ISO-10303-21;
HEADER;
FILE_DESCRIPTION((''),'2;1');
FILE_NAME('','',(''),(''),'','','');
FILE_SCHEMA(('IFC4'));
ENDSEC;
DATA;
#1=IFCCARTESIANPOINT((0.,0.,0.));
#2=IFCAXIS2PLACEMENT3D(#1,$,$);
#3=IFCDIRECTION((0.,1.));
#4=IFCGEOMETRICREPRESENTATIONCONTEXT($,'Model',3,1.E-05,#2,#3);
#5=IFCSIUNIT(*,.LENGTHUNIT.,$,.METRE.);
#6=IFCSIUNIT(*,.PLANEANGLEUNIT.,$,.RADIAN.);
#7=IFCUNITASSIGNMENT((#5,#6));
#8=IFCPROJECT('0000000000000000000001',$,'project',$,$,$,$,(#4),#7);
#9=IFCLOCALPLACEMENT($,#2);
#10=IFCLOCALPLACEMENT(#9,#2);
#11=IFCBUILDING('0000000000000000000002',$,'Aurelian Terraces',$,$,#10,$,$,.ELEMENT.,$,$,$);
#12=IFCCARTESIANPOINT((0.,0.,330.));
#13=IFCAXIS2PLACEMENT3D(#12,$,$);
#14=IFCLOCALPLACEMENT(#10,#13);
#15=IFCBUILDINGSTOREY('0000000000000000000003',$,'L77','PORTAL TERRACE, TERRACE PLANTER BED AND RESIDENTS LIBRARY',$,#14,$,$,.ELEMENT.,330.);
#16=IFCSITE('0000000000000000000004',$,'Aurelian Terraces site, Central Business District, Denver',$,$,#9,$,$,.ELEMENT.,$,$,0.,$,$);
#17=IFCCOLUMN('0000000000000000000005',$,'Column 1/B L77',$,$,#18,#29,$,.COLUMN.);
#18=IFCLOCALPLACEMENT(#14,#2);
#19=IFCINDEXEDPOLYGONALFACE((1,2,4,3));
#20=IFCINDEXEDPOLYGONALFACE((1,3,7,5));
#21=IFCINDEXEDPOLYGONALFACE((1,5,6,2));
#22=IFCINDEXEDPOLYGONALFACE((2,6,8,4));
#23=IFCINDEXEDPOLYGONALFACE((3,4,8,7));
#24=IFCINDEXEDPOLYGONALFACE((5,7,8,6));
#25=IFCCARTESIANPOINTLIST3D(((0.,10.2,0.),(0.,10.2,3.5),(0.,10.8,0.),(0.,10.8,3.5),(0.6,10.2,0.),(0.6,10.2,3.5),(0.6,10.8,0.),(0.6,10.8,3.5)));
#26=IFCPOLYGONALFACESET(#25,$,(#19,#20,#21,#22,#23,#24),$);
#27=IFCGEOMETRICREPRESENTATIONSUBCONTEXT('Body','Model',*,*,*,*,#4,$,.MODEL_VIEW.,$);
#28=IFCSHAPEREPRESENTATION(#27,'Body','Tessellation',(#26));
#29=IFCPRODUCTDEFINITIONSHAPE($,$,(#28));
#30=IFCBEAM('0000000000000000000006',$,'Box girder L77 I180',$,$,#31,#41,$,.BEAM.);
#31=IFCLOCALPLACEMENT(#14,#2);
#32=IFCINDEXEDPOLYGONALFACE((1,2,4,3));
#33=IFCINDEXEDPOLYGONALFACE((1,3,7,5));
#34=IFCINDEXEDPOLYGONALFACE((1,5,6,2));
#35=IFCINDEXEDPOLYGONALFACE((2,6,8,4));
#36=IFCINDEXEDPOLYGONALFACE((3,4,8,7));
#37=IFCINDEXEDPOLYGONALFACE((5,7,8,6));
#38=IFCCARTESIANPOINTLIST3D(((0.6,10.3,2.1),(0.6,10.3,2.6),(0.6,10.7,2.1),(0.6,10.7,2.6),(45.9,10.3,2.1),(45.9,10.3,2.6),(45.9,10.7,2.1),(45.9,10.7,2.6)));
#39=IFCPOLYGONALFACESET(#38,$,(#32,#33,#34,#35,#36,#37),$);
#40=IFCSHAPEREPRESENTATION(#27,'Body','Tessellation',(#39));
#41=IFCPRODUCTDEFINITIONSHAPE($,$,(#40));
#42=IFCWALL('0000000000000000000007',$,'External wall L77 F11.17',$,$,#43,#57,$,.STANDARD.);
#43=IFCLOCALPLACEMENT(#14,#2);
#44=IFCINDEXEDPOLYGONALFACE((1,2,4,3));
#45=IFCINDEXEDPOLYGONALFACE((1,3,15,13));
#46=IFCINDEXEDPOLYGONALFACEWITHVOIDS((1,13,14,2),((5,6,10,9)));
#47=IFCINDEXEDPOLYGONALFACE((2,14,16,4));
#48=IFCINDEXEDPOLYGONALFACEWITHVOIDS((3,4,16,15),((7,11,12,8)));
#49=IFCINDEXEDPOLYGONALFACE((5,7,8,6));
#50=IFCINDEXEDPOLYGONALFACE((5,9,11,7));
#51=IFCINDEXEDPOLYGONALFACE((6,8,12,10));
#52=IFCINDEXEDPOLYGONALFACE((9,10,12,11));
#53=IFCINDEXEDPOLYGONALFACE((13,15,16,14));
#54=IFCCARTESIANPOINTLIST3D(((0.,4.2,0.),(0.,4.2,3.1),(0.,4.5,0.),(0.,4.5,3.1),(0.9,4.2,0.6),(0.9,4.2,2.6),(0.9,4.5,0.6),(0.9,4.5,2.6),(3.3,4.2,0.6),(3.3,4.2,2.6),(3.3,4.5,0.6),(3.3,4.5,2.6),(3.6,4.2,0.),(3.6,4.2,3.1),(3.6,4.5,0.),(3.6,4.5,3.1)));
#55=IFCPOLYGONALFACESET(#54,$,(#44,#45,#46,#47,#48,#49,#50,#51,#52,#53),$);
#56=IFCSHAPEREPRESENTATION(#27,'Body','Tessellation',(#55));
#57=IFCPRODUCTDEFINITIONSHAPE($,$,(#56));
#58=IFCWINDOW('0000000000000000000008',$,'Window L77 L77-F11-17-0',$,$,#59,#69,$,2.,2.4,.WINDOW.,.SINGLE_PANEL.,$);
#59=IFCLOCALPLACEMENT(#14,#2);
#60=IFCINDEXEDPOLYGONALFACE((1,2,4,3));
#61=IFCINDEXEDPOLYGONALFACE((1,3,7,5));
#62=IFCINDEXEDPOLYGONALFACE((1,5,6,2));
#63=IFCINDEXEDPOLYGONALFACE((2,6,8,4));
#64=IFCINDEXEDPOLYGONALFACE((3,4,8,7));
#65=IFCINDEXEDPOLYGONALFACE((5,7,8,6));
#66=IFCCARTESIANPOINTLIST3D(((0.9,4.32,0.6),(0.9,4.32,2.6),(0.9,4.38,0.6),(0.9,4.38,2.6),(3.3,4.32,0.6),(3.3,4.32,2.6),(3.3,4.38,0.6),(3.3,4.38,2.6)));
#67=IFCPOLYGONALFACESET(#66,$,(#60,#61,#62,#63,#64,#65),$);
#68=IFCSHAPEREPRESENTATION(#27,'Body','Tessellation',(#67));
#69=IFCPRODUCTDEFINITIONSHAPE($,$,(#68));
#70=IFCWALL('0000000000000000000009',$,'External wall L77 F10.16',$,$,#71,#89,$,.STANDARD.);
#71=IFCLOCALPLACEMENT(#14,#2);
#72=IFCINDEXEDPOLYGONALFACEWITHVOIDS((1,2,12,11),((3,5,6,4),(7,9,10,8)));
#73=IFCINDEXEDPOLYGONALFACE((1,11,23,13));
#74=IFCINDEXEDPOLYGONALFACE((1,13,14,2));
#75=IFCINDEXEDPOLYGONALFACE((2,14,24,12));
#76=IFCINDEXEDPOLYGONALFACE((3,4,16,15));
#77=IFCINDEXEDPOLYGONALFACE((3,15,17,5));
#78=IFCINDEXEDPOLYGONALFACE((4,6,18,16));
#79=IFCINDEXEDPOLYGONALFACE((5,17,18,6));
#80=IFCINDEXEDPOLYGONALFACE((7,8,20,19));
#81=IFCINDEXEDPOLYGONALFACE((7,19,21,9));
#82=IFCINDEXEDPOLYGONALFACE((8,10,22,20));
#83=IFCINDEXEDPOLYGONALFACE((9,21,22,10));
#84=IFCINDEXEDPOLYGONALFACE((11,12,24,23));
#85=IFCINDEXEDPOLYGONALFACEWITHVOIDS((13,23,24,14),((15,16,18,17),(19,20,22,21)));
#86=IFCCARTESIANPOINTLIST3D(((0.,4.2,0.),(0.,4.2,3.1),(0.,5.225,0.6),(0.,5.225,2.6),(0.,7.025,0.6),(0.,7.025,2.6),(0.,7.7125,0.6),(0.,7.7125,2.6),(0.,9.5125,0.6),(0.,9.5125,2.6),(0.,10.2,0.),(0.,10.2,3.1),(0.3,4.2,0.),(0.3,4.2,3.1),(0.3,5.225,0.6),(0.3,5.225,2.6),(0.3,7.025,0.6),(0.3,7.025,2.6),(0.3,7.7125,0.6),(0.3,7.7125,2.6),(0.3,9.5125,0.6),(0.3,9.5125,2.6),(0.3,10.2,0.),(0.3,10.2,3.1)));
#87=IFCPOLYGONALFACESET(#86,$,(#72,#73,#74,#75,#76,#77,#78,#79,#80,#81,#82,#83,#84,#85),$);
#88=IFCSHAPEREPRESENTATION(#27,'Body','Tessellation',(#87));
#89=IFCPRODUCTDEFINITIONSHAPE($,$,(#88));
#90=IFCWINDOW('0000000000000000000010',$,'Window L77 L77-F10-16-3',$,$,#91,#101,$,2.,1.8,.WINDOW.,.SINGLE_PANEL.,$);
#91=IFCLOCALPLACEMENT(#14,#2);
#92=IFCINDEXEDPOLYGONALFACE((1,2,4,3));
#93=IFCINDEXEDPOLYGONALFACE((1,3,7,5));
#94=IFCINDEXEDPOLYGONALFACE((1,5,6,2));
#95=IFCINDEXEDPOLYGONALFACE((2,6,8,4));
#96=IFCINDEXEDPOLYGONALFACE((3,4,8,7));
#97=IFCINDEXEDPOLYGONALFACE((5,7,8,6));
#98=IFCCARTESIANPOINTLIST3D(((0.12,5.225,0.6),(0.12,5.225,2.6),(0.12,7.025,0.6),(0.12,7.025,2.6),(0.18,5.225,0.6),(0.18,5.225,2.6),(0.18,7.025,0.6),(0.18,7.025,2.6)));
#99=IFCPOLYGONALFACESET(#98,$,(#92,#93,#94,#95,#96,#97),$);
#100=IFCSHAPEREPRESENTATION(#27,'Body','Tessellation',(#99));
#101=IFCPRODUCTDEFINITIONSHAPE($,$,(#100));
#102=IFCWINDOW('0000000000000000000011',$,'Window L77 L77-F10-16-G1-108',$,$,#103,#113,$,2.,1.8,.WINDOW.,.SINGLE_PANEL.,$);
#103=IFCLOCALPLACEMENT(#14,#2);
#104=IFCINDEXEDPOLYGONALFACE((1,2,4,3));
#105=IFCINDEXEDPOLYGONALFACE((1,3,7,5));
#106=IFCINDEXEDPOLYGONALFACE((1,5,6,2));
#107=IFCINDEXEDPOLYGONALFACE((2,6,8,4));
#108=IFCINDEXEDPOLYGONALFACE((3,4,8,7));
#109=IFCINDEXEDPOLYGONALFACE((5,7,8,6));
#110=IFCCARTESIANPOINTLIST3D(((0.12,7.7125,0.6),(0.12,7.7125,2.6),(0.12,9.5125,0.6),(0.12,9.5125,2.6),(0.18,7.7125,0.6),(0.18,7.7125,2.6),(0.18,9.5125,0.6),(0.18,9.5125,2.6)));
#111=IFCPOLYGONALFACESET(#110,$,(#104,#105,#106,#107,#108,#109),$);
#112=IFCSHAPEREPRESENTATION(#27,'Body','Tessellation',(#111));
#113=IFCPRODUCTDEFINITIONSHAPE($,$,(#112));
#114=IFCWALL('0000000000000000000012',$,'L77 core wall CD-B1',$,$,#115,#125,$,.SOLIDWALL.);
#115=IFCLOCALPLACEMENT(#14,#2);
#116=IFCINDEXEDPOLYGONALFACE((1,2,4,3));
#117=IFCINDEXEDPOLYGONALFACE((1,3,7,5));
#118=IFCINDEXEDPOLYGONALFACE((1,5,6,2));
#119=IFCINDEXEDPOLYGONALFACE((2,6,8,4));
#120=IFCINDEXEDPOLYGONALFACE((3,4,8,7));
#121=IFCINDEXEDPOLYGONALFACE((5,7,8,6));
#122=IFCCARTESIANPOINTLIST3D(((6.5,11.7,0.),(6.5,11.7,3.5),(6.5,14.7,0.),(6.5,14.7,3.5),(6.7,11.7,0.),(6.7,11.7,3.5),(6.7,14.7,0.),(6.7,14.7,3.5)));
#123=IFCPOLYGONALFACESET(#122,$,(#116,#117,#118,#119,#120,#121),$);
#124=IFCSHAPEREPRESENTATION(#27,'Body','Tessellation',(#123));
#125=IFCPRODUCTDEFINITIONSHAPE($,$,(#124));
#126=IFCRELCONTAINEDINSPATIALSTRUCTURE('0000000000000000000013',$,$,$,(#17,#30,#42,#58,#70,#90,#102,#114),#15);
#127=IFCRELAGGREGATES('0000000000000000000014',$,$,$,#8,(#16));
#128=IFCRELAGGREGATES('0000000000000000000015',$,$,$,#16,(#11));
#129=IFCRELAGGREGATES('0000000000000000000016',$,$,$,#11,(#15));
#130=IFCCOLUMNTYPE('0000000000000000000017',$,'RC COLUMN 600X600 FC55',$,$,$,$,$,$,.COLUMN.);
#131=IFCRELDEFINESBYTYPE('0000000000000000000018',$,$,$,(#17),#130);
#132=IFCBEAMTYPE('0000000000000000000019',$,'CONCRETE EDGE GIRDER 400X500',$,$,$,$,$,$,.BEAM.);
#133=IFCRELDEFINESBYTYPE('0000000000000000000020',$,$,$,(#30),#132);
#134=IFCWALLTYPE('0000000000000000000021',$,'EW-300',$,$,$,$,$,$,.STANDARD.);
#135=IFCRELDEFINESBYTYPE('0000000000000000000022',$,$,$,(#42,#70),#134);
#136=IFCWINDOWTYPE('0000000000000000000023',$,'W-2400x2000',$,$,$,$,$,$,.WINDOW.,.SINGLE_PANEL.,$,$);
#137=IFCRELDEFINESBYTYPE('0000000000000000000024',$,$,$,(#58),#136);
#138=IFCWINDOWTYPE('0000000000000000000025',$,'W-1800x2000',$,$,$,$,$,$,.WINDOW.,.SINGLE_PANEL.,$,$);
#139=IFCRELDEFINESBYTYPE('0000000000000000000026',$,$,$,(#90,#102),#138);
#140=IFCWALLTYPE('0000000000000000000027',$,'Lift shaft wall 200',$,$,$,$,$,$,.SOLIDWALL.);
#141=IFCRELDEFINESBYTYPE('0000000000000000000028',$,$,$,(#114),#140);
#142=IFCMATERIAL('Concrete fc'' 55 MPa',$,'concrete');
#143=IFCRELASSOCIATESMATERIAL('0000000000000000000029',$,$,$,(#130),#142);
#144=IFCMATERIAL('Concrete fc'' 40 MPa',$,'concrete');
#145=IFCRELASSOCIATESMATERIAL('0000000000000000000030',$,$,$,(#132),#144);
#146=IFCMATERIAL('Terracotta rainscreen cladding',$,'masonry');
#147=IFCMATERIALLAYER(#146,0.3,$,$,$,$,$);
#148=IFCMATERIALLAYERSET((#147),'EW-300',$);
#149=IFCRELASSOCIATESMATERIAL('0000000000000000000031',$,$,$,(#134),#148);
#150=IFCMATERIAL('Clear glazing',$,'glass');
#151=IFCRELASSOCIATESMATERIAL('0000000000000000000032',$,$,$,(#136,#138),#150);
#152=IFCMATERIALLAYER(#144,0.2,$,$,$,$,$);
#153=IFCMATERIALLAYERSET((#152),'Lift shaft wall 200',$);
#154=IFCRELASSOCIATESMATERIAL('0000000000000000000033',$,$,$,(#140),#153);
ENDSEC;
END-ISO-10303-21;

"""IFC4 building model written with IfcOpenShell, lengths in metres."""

from ifc_helpers import new_model, si_unit, direction, frame, frame_2d, origin, origin_2d, place, context, subcontext, project, spatial, rectangle, extrude, source, transform, mapped, material, layer, layer_set, material_profile, profile_set, type_object, element, fill, save


model = new_model("IFC4")

# Units and contexts
model_context = context("Model", 3, precision=1e-05, world=origin(), true_north=direction((0.0, 1.0)))
body_context = subcontext(model_context, "Body", "Model", "MODEL_VIEW")
ifc_project = project(units=[si_unit("LENGTHUNIT", "METRE"), si_unit("PLANEANGLEUNIT", "RADIAN")], contexts=[model_context])

# Site, building, storey
site_placement = place(None, origin())
site = spatial("IfcSite", under=ifc_project, at=site_placement, Name="Aurelian Terraces site, Central Business District, Denver", CompositionType="ELEMENT", RefElevation=0.0)
building_placement = place(site_placement, origin())
building = spatial("IfcBuilding", under=site, at=building_placement, Name="Aurelian Terraces", CompositionType="ELEMENT")
storey_placement = place(building_placement, frame((0.0, 0.0, 330.0)))
storey = spatial("IfcBuildingStorey", under=building, at=storey_placement, Name="L77", Description="PORTAL TERRACE, TERRACE PLANTER BED AND RESIDENTS LIBRARY", CompositionType="ELEMENT", Elevation=330.0)

# Column
ifc_material_1 = material(Name="Concrete fc' 55 MPa", Category="concrete")
ifc_material_profile_1 = material_profile(ifc_material_1, rectangle(XDim=0.6, YDim=0.6, at=origin_2d()))
ifc_profile_set_1 = profile_set([ifc_material_profile_1], Name="Concrete fc' 55 MPa")
column_type = type_object("IfcColumnType", Name="RC COLUMN 600X600 FC55", PredefinedType="COLUMN", material=ifc_profile_set_1)
shared_shape_1 = source(origin(), body_context, "Body", "SweptSolid", [
    extrude(rectangle(XDim=0.6, YDim=0.6, at=origin_2d()), origin(), (0.0, 0.0, 1.0), 3.5),
])
column_placement = place(storey_placement, frame((0.3, 10.5, 0.0), z_axis=(0.0, 0.0, 1.0), x_axis=(1.0, 0.0, 0.0)))
element("IfcColumn", 1, at=column_placement, inside=storey, type_object=column_type, Name="Column 1/B L77", PredefinedType="COLUMN", context=body_context, shape_type="MappedRepresentation", body=[
    mapped(shared_shape_1, transform((0.0, 0.0, 0.0), scale=1.0)),
])

# Beam
ifc_material_2 = material(Name="Concrete fc' 40 MPa", Category="concrete")
ifc_material_profile_2 = material_profile(ifc_material_2, rectangle(XDim=0.4, YDim=0.5, at=origin_2d()))
ifc_profile_set_2 = profile_set([ifc_material_profile_2], Name="Concrete fc' 40 MPa")
beam_type = type_object("IfcBeamType", Name="CONCRETE EDGE GIRDER 400X500", PredefinedType="BEAM", material=ifc_profile_set_2)
beam_placement = place(storey_placement, frame((0.6, 10.5, 2.35), z_axis=(1.0, 0.0, 0.0), x_axis=(0.0, 1.0, 0.0)))
element("IfcBeam", 2, at=beam_placement, inside=storey, type_object=beam_type, Name="Box girder L77 I180", PredefinedType="BEAM", context=body_context, shape_type="SweptSolid", body=[
    extrude(rectangle(XDim=0.4, YDim=0.5, at=origin_2d()), origin(), (0.0, 0.0, 1.0), 45.3),
])

# Wall, opening, window
ifc_material_3 = material(Name="Terracotta rainscreen cladding", Category="masonry")
ifc_layer_1 = layer(ifc_material_3, 0.3)
ifc_layer_set_1 = layer_set([ifc_layer_1], Name="EW-300")
wall_type_1 = type_object("IfcWallType", Name="EW-300", PredefinedType="STANDARD", material=ifc_layer_set_1)
shared_shape_2 = source(origin(), body_context, "Body", "SweptSolid", [
    extrude(rectangle(XDim=3.6, YDim=0.3, at=frame_2d((1.8, 0.0))), origin(), (0.0, 0.0, 1.0), 3.1),
])
wall_1_placement = place(storey_placement, frame((0.0, 4.35, 0.0), z_axis=(0.0, 0.0, 1.0), x_axis=(1.0, 0.0, 0.0)))
wall_1 = element("IfcWall", 3, at=wall_1_placement, inside=storey, type_object=wall_type_1, Name="External wall L77 F11.17", PredefinedType="STANDARD", context=body_context, shape_type="MappedRepresentation", body=[
    mapped(shared_shape_2, transform((0.0, 0.0, 0.0), scale=1.0)),
])
shared_shape_3 = source(origin(), body_context, "Body", "SweptSolid", [
    extrude(rectangle(XDim=2.4, YDim=2.0, at=frame_2d((1.2, 1.0))), frame((0.0, 0.16, 0.0), z_axis=(0.0, -1.0, 0.0), x_axis=(1.0, 0.0, 0.0)), (0.0, 0.0, 1.0), 0.32),
])
opening_1_placement = place(wall_1_placement, frame((0.9, 0.0, 0.6)))
opening_1 = element("IfcOpeningElement", 4, at=opening_1_placement, cuts=wall_1, PredefinedType="OPENING", context=body_context, shape_type="MappedRepresentation", body=[
    mapped(shared_shape_3, transform((0.0, 0.0, 0.0), scale=1.0)),
])
ifc_material_4 = material(Name="Clear glazing", Category="glass")
window_type_1 = type_object("IfcWindowType", Name="W-2400x2000", PartitioningType="SINGLE_PANEL", PredefinedType="WINDOW", material=ifc_material_4)
shared_shape_4 = source(origin(), body_context, "Body", "SweptSolid", [
    extrude(rectangle(XDim=2.4, YDim=2.0, at=frame_2d((1.2, 1.0))), frame((0.0, 0.03, 0.0), z_axis=(0.0, -1.0, 0.0), x_axis=(1.0, 0.0, 0.0)), (0.0, 0.0, 1.0), 0.06),
])
window_1_placement = place(opening_1_placement, origin())
window_1 = element("IfcWindow", 5, at=window_1_placement, inside=storey, type_object=window_type_1, Name="Window L77 L77-F11-17-0", OverallHeight=2.0, OverallWidth=2.4, PartitioningType="SINGLE_PANEL", PredefinedType="WINDOW", context=body_context, shape_type="MappedRepresentation", body=[
    mapped(shared_shape_4, transform((0.0, 0.0, 0.0), scale=1.0)),
])
fill(opening_1, window_1)

# Wall, openings, windows
shared_shape_5 = source(origin(), body_context, "Body", "SweptSolid", [
    extrude(rectangle(XDim=6.0, YDim=0.3, at=frame_2d((3.0, 0.0))), origin(), (0.0, 0.0, 1.0), 3.1),
])
wall_2_placement = place(storey_placement, frame((0.15, 10.2, 0.0), z_axis=(0.0, 0.0, 1.0), x_axis=(0.0, -1.0, 0.0)))
wall_2 = element("IfcWall", 6, at=wall_2_placement, inside=storey, type_object=wall_type_1, Name="External wall L77 F10.16", PredefinedType="STANDARD", context=body_context, shape_type="MappedRepresentation", body=[
    mapped(shared_shape_5, transform((0.0, 0.0, 0.0), scale=1.0)),
])
shared_shape_6 = source(origin(), body_context, "Body", "SweptSolid", [
    extrude(rectangle(XDim=1.8, YDim=2.0, at=frame_2d((0.9, 1.0))), frame((0.0, 0.16, 0.0), z_axis=(0.0, -1.0, 0.0), x_axis=(1.0, 0.0, 0.0)), (0.0, 0.0, 1.0), 0.32),
])
opening_2_placement = place(wall_2_placement, frame((3.175, 0.0, 0.6)))
opening_2 = element("IfcOpeningElement", 7, at=opening_2_placement, cuts=wall_2, PredefinedType="OPENING", context=body_context, shape_type="MappedRepresentation", body=[
    mapped(shared_shape_6, transform((0.0, 0.0, 0.0), scale=1.0)),
])
opening_3_placement = place(wall_2_placement, frame((0.6875, 0.0, 0.6)))
opening_3 = element("IfcOpeningElement", 8, at=opening_3_placement, cuts=wall_2, PredefinedType="OPENING", context=body_context, shape_type="MappedRepresentation", body=[
    mapped(shared_shape_6, transform((0.0, 0.0, 0.0), scale=1.0)),
])
window_type_2 = type_object("IfcWindowType", Name="W-1800x2000", PartitioningType="SINGLE_PANEL", PredefinedType="WINDOW", material=ifc_material_4)
shared_shape_7 = source(origin(), body_context, "Body", "SweptSolid", [
    extrude(rectangle(XDim=1.8, YDim=2.0, at=frame_2d((0.9, 1.0))), frame((0.0, 0.03, 0.0), z_axis=(0.0, -1.0, 0.0), x_axis=(1.0, 0.0, 0.0)), (0.0, 0.0, 1.0), 0.06),
])
window_2_placement = place(opening_2_placement, origin())
window_2 = element("IfcWindow", 9, at=window_2_placement, inside=storey, type_object=window_type_2, Name="Window L77 L77-F10-16-3", OverallHeight=2.0, OverallWidth=1.8, PartitioningType="SINGLE_PANEL", PredefinedType="WINDOW", context=body_context, shape_type="MappedRepresentation", body=[
    mapped(shared_shape_7, transform((0.0, 0.0, 0.0), scale=1.0)),
])
fill(opening_2, window_2)
window_3_placement = place(opening_3_placement, origin())
window_3 = element("IfcWindow", 10, at=window_3_placement, inside=storey, type_object=window_type_2, Name="Window L77 L77-F10-16-G1-108", OverallHeight=2.0, OverallWidth=1.8, PartitioningType="SINGLE_PANEL", PredefinedType="WINDOW", context=body_context, shape_type="MappedRepresentation", body=[
    mapped(shared_shape_7, transform((0.0, 0.0, 0.0), scale=1.0)),
])
fill(opening_3, window_3)

# Wall
ifc_layer_2 = layer(ifc_material_2, 0.2)
ifc_layer_set_2 = layer_set([ifc_layer_2], Name="Lift shaft wall 200")
wall_type_2 = type_object("IfcWallType", Name="Lift shaft wall 200", PredefinedType="SOLIDWALL", material=ifc_layer_set_2)
shared_shape_8 = source(origin(), body_context, "Body", "SweptSolid", [
    extrude(rectangle(XDim=3.0, YDim=0.2, at=frame_2d((1.5, 0.0))), origin(), (0.0, 0.0, 1.0), 3.5),
])
wall_3_placement = place(storey_placement, frame((6.6, 11.7, 0.0), z_axis=(0.0, 0.0, 1.0), x_axis=(0.0, 1.0, 0.0)))
element("IfcWall", 11, at=wall_3_placement, inside=storey, type_object=wall_type_2, Name="L77 core wall CD-B1", PredefinedType="SOLIDWALL", context=body_context, shape_type="MappedRepresentation", body=[
    mapped(shared_shape_8, transform((0.0, 0.0, 0.0), scale=1.0)),
])

save(model, "model.ifc")
